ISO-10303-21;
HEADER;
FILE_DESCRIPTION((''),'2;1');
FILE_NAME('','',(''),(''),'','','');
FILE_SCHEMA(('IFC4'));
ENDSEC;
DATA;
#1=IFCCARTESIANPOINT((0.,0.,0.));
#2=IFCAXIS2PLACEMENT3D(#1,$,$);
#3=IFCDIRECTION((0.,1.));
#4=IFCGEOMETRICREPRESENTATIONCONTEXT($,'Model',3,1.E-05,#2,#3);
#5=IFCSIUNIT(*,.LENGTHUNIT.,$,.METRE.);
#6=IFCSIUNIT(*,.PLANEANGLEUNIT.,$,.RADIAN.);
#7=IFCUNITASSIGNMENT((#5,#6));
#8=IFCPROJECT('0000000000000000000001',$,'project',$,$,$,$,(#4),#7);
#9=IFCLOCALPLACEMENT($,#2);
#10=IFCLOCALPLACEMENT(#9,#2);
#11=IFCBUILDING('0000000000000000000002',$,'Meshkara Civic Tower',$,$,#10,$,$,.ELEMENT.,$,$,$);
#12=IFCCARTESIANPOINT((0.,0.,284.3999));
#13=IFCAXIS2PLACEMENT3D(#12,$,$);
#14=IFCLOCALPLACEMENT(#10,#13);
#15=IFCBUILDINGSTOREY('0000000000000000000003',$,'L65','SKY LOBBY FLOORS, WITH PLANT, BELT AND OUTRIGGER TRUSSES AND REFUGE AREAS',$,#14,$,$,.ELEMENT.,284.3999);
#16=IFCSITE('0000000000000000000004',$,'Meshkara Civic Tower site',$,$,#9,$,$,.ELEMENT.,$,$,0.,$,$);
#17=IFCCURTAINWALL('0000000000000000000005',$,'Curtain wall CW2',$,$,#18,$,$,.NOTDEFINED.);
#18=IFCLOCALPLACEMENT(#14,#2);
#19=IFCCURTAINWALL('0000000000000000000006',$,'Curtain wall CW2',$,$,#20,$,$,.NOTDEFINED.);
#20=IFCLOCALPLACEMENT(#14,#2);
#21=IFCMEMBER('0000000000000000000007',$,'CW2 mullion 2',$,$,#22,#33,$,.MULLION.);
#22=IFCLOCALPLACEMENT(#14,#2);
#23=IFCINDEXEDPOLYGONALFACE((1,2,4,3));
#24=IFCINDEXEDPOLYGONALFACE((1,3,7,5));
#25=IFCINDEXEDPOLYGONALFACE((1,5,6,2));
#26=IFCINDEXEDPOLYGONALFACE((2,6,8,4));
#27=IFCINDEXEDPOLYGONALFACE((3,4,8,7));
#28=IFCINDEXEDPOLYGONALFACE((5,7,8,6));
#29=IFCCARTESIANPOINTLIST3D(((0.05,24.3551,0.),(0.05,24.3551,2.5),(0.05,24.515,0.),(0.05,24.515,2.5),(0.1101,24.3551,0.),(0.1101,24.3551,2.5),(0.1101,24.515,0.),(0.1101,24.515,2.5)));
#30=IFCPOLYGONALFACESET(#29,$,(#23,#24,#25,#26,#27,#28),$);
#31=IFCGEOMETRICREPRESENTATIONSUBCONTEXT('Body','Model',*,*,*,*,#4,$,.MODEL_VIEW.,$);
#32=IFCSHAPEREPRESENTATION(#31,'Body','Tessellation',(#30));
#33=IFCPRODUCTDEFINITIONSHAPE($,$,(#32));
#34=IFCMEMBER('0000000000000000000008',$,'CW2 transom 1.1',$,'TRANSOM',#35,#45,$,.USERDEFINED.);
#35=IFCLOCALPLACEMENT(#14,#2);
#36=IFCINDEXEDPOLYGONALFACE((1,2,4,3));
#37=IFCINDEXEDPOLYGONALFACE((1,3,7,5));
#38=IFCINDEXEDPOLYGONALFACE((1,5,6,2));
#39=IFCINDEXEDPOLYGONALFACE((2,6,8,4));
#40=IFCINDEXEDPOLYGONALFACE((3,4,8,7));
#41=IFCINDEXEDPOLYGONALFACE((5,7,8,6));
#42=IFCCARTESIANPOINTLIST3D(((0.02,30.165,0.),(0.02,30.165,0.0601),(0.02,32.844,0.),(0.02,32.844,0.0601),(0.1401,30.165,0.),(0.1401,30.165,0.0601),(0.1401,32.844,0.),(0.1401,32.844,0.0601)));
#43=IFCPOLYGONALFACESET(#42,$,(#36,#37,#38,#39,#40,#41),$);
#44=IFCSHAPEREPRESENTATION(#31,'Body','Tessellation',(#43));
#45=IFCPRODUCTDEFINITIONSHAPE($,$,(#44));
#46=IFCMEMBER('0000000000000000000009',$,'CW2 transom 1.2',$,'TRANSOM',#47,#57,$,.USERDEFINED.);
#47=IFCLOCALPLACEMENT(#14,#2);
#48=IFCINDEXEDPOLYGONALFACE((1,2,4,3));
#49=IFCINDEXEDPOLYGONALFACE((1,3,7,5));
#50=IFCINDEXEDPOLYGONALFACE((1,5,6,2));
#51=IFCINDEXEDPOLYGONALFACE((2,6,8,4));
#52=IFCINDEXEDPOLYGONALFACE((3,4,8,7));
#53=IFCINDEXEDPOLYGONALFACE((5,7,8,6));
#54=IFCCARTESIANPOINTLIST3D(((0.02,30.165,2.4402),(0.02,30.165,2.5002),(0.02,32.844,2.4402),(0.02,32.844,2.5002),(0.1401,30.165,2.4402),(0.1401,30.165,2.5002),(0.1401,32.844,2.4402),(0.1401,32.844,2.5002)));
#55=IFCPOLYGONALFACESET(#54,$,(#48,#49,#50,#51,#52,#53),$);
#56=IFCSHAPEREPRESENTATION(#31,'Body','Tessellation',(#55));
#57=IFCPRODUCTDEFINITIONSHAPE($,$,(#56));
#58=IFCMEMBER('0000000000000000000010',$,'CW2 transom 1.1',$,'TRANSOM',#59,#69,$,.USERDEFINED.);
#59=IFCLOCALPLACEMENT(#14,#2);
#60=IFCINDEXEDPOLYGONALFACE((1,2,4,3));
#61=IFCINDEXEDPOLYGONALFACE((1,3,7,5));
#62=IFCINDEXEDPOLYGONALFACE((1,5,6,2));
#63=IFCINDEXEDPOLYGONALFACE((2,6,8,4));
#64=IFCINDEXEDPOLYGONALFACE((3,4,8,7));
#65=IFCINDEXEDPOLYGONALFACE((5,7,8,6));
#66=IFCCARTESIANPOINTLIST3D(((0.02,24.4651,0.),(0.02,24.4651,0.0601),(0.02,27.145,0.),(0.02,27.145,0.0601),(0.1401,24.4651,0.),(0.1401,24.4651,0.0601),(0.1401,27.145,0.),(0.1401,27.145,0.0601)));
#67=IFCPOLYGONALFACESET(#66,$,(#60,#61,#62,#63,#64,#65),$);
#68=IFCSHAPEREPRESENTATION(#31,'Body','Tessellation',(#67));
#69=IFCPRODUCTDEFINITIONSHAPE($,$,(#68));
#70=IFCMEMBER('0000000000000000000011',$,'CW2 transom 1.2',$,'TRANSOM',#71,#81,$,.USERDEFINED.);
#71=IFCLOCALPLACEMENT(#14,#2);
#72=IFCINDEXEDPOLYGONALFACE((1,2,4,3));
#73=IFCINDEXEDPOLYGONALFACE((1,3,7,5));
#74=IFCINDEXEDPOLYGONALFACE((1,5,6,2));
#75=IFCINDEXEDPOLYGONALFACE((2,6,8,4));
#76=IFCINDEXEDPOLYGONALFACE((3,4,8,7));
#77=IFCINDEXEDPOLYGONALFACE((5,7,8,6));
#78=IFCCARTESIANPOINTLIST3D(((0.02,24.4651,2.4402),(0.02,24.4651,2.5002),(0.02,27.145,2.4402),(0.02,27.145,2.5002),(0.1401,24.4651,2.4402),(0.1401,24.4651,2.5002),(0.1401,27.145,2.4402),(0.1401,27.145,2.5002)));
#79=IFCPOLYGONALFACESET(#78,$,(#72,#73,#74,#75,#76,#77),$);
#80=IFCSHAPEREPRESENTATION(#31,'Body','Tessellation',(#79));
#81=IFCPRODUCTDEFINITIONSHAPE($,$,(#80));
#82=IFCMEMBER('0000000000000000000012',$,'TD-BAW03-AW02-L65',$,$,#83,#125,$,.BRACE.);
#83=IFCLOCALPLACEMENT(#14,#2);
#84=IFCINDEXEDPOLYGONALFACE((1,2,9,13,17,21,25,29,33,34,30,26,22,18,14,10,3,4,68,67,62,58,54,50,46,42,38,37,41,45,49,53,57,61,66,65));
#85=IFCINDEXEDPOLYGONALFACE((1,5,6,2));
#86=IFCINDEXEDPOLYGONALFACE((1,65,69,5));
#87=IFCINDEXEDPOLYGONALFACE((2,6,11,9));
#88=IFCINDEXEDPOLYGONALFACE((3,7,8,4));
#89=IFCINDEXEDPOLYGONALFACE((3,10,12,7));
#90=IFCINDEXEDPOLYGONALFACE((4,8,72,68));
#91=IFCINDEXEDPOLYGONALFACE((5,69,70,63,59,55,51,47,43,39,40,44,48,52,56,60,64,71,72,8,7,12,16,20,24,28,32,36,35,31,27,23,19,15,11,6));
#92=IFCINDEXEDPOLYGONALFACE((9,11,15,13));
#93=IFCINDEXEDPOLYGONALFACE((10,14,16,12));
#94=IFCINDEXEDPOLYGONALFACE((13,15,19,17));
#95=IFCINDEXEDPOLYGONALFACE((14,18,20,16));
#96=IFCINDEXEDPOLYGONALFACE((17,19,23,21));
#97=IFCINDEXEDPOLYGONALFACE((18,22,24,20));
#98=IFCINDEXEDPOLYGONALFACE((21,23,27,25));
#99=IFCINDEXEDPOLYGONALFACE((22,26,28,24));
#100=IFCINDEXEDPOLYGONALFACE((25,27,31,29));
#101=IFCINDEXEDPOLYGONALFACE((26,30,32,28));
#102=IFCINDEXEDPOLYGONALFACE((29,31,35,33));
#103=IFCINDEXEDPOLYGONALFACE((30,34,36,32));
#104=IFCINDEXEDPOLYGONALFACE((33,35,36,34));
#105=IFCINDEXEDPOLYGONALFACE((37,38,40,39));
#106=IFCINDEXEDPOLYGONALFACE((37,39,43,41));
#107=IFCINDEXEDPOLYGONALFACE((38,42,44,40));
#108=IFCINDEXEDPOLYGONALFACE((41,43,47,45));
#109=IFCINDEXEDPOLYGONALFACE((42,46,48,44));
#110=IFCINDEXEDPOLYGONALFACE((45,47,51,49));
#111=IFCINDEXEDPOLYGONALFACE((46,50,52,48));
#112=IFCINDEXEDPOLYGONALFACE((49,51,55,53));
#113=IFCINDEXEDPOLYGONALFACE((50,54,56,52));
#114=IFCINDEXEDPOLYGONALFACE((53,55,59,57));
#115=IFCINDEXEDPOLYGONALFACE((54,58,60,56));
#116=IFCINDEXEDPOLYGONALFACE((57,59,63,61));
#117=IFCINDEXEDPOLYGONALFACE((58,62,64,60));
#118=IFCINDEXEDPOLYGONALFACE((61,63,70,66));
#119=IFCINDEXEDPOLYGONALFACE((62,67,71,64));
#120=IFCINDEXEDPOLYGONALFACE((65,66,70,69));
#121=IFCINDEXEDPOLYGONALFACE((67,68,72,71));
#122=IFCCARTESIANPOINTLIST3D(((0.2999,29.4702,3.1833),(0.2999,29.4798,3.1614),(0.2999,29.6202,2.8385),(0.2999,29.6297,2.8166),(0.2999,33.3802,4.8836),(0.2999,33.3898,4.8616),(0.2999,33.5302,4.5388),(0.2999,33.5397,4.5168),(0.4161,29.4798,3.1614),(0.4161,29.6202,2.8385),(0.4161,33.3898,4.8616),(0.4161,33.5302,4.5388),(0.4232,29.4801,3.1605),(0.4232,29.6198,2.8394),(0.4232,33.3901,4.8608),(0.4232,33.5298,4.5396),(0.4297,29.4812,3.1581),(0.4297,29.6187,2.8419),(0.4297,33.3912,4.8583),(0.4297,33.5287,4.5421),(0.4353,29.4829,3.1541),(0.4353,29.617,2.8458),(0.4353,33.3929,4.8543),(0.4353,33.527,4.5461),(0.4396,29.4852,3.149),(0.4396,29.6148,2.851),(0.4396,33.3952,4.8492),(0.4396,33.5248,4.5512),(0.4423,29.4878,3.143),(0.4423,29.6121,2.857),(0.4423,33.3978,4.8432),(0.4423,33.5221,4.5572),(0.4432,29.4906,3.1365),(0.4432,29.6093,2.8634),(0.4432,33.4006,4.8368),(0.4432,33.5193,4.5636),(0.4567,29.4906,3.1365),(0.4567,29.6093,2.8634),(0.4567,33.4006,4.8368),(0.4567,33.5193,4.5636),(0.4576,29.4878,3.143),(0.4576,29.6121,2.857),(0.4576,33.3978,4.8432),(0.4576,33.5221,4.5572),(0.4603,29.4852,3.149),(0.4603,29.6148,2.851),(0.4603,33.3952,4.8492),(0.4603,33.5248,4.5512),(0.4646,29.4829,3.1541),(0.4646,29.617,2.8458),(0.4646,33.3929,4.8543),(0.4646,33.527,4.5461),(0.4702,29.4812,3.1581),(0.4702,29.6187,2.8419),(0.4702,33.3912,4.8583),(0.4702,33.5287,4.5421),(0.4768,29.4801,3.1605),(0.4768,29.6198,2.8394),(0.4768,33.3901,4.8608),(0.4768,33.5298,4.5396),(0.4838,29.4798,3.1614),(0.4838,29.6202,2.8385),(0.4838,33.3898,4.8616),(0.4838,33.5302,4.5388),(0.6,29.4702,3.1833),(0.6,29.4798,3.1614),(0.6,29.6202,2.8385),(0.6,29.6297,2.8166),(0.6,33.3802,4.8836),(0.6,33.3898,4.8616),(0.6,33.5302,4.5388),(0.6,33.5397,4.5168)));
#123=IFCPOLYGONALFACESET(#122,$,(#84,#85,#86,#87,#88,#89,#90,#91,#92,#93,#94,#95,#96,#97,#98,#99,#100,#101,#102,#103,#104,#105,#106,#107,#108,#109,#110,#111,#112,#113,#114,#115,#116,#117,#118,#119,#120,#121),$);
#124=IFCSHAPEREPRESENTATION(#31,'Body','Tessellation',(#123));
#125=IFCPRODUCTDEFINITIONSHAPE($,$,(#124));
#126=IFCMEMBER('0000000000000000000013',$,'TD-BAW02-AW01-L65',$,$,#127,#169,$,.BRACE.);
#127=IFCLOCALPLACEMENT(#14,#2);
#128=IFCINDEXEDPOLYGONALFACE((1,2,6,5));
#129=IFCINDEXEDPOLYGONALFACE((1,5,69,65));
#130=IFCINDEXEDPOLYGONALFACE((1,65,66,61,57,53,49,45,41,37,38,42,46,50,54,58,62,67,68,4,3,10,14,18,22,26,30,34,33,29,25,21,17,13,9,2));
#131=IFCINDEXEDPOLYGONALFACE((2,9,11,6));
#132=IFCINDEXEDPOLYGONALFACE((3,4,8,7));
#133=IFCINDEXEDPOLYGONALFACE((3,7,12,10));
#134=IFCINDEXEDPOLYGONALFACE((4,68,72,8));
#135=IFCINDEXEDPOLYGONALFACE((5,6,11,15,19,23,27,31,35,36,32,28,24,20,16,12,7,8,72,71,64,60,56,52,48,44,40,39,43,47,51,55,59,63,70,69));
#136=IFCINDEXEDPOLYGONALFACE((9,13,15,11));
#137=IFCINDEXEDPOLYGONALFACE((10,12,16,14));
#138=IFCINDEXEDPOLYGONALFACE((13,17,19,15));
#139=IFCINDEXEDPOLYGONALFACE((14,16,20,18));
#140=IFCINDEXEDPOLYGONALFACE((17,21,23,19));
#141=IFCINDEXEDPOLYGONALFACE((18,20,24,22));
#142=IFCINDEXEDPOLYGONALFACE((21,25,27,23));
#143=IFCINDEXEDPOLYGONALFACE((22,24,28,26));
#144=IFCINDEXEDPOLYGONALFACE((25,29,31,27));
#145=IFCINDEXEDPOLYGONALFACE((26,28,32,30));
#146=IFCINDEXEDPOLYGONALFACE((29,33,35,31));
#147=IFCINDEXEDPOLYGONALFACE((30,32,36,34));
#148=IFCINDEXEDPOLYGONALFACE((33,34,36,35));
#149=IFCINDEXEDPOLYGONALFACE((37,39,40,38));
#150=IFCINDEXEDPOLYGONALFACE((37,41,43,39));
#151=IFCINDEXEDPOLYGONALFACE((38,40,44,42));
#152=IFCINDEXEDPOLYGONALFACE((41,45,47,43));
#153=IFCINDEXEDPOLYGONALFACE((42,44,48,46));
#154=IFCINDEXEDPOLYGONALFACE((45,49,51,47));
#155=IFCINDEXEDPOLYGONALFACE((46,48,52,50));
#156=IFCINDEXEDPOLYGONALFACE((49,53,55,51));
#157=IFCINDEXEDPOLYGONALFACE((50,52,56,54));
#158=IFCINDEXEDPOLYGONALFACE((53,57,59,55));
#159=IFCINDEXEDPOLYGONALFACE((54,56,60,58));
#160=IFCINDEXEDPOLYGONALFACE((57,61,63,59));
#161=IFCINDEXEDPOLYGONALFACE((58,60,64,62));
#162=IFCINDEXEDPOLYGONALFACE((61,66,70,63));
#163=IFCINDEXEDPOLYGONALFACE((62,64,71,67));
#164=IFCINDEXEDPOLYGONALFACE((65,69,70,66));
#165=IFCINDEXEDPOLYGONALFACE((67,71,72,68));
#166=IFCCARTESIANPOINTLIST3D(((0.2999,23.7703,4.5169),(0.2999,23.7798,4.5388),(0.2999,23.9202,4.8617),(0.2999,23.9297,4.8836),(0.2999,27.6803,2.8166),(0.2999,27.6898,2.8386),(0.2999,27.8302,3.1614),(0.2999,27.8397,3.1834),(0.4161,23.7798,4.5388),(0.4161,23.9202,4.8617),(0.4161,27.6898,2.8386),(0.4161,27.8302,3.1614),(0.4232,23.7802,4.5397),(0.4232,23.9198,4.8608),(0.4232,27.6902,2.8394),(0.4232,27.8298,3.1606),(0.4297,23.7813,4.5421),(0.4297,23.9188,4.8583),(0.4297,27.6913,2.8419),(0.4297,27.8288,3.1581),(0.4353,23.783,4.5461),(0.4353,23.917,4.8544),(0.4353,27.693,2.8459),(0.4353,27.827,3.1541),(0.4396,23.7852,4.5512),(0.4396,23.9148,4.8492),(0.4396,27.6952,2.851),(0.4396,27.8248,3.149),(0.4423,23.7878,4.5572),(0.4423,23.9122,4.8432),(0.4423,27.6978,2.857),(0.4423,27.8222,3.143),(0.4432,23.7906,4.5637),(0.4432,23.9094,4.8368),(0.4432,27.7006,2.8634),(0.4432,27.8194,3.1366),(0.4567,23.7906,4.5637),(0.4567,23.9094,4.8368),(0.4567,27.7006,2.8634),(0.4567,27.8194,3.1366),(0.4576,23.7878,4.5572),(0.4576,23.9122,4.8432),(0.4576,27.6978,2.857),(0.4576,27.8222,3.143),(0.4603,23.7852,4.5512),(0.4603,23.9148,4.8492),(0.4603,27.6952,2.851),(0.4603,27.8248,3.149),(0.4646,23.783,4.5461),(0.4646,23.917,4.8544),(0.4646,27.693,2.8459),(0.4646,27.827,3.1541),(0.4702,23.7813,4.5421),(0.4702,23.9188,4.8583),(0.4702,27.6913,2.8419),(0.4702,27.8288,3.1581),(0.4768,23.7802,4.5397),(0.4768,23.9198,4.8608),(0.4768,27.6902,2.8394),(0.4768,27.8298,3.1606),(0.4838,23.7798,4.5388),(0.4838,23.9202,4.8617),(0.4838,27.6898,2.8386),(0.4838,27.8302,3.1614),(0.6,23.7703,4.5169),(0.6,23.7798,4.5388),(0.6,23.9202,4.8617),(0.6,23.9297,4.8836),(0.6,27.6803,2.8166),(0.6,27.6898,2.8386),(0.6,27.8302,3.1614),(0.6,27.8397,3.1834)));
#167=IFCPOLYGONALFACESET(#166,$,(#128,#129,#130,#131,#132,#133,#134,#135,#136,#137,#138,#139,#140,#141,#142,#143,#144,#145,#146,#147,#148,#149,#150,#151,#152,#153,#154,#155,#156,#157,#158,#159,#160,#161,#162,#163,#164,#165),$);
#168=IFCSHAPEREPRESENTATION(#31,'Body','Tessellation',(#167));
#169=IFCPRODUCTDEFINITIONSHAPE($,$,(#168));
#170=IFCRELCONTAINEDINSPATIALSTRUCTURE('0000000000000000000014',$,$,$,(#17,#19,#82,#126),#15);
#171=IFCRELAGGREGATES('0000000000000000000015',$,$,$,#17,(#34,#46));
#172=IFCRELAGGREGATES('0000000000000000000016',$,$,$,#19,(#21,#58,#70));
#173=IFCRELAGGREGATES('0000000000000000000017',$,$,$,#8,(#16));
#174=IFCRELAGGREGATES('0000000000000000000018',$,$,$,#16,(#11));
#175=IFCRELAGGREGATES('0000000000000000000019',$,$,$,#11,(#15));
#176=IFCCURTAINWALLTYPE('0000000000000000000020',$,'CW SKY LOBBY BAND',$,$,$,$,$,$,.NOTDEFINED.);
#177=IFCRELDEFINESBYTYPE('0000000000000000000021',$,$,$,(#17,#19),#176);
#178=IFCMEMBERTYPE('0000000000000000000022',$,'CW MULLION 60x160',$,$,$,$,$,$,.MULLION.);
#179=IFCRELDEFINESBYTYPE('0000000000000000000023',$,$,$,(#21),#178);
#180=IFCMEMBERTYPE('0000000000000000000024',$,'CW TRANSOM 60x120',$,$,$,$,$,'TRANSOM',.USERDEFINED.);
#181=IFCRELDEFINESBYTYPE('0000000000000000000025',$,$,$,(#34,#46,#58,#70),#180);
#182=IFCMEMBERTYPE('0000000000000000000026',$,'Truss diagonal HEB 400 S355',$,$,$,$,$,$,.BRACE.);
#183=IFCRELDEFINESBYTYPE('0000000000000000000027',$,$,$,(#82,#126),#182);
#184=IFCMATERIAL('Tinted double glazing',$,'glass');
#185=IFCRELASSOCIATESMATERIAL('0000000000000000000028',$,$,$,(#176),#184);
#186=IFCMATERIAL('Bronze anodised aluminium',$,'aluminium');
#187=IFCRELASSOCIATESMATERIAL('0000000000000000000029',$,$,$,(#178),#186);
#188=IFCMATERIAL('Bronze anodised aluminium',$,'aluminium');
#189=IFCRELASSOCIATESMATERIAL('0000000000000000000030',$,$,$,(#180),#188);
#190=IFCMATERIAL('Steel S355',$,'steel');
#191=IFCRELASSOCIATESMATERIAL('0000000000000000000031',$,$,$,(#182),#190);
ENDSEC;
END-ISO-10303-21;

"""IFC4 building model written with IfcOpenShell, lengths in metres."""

from ifc_helpers import new_model, si_unit, direction, frame, origin, origin_2d, place, context, subcontext, project, spatial, rectangle, i_section, extrude, material, material_profile, profile_set, type_object, element, aggregate, save


model = new_model("IFC4")

# Units and contexts
model_context = context("Model", 3, precision=1e-05, world=origin(), true_north=direction((0.0, 1.0)))
body_context = subcontext(model_context, "Body", "Model", "MODEL_VIEW")
ifc_project = project(units=[si_unit("LENGTHUNIT", "METRE"), si_unit("PLANEANGLEUNIT", "RADIAN")], contexts=[model_context])

# Site, building, storey
site_placement = place(None, origin())
site = spatial("IfcSite", under=ifc_project, at=site_placement, Name="Meshkara Civic Tower site", CompositionType="ELEMENT", RefElevation=0.0)
building_placement = place(site_placement, origin())
building = spatial("IfcBuilding", under=site, at=building_placement, Name="Meshkara Civic Tower", CompositionType="ELEMENT")
storey_placement = place(building_placement, frame((0.0, 0.0, 284.3999)))
storey = spatial("IfcBuildingStorey", under=building, at=storey_placement, Name="L65", Description="SKY LOBBY FLOORS, WITH PLANT, BELT AND OUTRIGGER TRUSSES AND REFUGE AREAS", CompositionType="ELEMENT", Elevation=284.3999)

# Shared definitions
ifc_material_1 = material(Name="Tinted double glazing", Category="glass")
curtain_wall_type = type_object("IfcCurtainWallType", Name="CW SKY LOBBY BAND", PredefinedType="NOTDEFINED", material=ifc_material_1)
ifc_material_2 = material(Name="Bronze anodised aluminium", Category="aluminium")
ifc_material_profile_1 = material_profile(ifc_material_2, rectangle(XDim=0.0601, YDim=0.1599, at=origin_2d()))
ifc_profile_set_1 = profile_set([ifc_material_profile_1], Name="Bronze anodised aluminium")
member_type_1 = type_object("IfcMemberType", Name="CW MULLION 60x160", PredefinedType="MULLION", material=ifc_profile_set_1)

# Curtain walls, member
curtain_wall_1_placement = place(storey_placement, origin())
curtain_wall_1 = element("IfcCurtainWall", 1, at=curtain_wall_1_placement, inside=storey, type_object=curtain_wall_type, Name="Curtain wall CW2", PredefinedType="NOTDEFINED")
curtain_wall_2_placement = place(storey_placement, origin())
curtain_wall_2 = element("IfcCurtainWall", 2, at=curtain_wall_2_placement, inside=storey, type_object=curtain_wall_type, Name="Curtain wall CW2", PredefinedType="NOTDEFINED")
member_1_placement = place(storey_placement, frame((0.0801, 24.4351, 0.0), z_axis=(0.0, 0.0, 1.0), x_axis=(1.0, 0.0, 0.0)))
member_1 = element("IfcMember", 3, at=member_1_placement, type_object=member_type_1, Name="CW2 mullion 2", PredefinedType="MULLION", context=body_context, shape_type="SweptSolid", body=[
    extrude(rectangle(XDim=0.0601, YDim=0.1599, at=origin_2d()), origin(), (0.0, 0.0, 1.0), 2.5),
])

# Members
ifc_material_3 = material(Name="Bronze anodised aluminium", Category="aluminium")
ifc_material_profile_2 = material_profile(ifc_material_3, rectangle(XDim=0.1201, YDim=0.0601, at=origin_2d()))
ifc_profile_set_2 = profile_set([ifc_material_profile_2], Name="Bronze anodised aluminium")
member_type_2 = type_object("IfcMemberType", Name="CW TRANSOM 60x120", ElementType="TRANSOM", PredefinedType="USERDEFINED", material=ifc_profile_set_2)
member_2_placement = place(storey_placement, frame((0.0801, 32.844, 0.03), z_axis=(0.0, -1.0, 0.0), x_axis=(1.0, 0.0, 0.0)))
member_2 = element("IfcMember", 4, at=member_2_placement, type_object=member_type_2, Name="CW2 transom 1.1", ObjectType="TRANSOM", PredefinedType="USERDEFINED", context=body_context, shape_type="SweptSolid", body=[
    extrude(rectangle(XDim=0.1201, YDim=0.0601, at=origin_2d()), origin(), (0.0, 0.0, 1.0), 2.679),
])
member_3_placement = place(storey_placement, frame((0.0801, 32.844, 2.4702), z_axis=(0.0, -1.0, 0.0), x_axis=(1.0, 0.0, 0.0)))
member_3 = element("IfcMember", 5, at=member_3_placement, type_object=member_type_2, Name="CW2 transom 1.2", ObjectType="TRANSOM", PredefinedType="USERDEFINED", context=body_context, shape_type="SweptSolid", body=[
    extrude(rectangle(XDim=0.1201, YDim=0.0601, at=origin_2d()), origin(), (0.0, 0.0, 1.0), 2.679),
])
member_4_placement = place(storey_placement, frame((0.0801, 27.145, 0.03), z_axis=(0.0, -1.0, 0.0), x_axis=(1.0, 0.0, 0.0)))
member_4 = element("IfcMember", 6, at=member_4_placement, type_object=member_type_2, Name="CW2 transom 1.1", ObjectType="TRANSOM", PredefinedType="USERDEFINED", context=body_context, shape_type="SweptSolid", body=[
    extrude(rectangle(XDim=0.1201, YDim=0.0601, at=origin_2d()), origin(), (0.0, 0.0, 1.0), 2.6799),
])
member_5_placement = place(storey_placement, frame((0.0801, 27.145, 2.4702), z_axis=(0.0, -1.0, 0.0), x_axis=(1.0, 0.0, 0.0)))
member_5 = element("IfcMember", 7, at=member_5_placement, type_object=member_type_2, Name="CW2 transom 1.2", ObjectType="TRANSOM", PredefinedType="USERDEFINED", context=body_context, shape_type="SweptSolid", body=[
    extrude(rectangle(XDim=0.1201, YDim=0.0601, at=origin_2d()), origin(), (0.0, 0.0, 1.0), 2.6799),
])

# Members
ifc_material_4 = material(Name="Steel S355", Category="steel")
ifc_material_profile_3 = material_profile(ifc_material_4, i_section(OverallWidth=0.3, OverallDepth=0.3999, WebThickness=0.0134, FlangeThickness=0.0239, FilletRadius=0.0271, at=origin_2d()))
ifc_profile_set_3 = profile_set([ifc_material_profile_3], Name="Steel S355")
member_type_3 = type_object("IfcMemberType", Name="Truss diagonal HEB 400 S355", PredefinedType="BRACE", material=ifc_profile_set_3)
for number, where, z_axis, x_axis, name in (
    (8, (0.45, 33.46, 4.7002), (0.0, -0.91705, -0.398772), (1.0, 0.0, 0.0), "TD-BAW03-AW02-L65"),
    (9, (0.45, 27.76, 3.0), (0.0, -0.91705, 0.398772), (1.0, 0.0, 0.0), "TD-BAW02-AW01-L65"),
):
    element("IfcMember", number, at=place(storey_placement, frame(where, z_axis=z_axis, x_axis=x_axis)), inside=storey, type_object=member_type_3, Name=name, PredefinedType="BRACE", context=body_context, shape_type="SweptSolid", body=[
        extrude(i_section(OverallWidth=0.3, OverallDepth=0.3999, WebThickness=0.0134, FlangeThickness=0.0239, FilletRadius=0.0271, at=origin_2d()), origin(), (0.0, 0.0, 1.0), 4.2637),
    ])

aggregate(curtain_wall_1, [member_2, member_3])
aggregate(curtain_wall_2, [member_1, member_4, member_5])

save(model, "model.ifc")
